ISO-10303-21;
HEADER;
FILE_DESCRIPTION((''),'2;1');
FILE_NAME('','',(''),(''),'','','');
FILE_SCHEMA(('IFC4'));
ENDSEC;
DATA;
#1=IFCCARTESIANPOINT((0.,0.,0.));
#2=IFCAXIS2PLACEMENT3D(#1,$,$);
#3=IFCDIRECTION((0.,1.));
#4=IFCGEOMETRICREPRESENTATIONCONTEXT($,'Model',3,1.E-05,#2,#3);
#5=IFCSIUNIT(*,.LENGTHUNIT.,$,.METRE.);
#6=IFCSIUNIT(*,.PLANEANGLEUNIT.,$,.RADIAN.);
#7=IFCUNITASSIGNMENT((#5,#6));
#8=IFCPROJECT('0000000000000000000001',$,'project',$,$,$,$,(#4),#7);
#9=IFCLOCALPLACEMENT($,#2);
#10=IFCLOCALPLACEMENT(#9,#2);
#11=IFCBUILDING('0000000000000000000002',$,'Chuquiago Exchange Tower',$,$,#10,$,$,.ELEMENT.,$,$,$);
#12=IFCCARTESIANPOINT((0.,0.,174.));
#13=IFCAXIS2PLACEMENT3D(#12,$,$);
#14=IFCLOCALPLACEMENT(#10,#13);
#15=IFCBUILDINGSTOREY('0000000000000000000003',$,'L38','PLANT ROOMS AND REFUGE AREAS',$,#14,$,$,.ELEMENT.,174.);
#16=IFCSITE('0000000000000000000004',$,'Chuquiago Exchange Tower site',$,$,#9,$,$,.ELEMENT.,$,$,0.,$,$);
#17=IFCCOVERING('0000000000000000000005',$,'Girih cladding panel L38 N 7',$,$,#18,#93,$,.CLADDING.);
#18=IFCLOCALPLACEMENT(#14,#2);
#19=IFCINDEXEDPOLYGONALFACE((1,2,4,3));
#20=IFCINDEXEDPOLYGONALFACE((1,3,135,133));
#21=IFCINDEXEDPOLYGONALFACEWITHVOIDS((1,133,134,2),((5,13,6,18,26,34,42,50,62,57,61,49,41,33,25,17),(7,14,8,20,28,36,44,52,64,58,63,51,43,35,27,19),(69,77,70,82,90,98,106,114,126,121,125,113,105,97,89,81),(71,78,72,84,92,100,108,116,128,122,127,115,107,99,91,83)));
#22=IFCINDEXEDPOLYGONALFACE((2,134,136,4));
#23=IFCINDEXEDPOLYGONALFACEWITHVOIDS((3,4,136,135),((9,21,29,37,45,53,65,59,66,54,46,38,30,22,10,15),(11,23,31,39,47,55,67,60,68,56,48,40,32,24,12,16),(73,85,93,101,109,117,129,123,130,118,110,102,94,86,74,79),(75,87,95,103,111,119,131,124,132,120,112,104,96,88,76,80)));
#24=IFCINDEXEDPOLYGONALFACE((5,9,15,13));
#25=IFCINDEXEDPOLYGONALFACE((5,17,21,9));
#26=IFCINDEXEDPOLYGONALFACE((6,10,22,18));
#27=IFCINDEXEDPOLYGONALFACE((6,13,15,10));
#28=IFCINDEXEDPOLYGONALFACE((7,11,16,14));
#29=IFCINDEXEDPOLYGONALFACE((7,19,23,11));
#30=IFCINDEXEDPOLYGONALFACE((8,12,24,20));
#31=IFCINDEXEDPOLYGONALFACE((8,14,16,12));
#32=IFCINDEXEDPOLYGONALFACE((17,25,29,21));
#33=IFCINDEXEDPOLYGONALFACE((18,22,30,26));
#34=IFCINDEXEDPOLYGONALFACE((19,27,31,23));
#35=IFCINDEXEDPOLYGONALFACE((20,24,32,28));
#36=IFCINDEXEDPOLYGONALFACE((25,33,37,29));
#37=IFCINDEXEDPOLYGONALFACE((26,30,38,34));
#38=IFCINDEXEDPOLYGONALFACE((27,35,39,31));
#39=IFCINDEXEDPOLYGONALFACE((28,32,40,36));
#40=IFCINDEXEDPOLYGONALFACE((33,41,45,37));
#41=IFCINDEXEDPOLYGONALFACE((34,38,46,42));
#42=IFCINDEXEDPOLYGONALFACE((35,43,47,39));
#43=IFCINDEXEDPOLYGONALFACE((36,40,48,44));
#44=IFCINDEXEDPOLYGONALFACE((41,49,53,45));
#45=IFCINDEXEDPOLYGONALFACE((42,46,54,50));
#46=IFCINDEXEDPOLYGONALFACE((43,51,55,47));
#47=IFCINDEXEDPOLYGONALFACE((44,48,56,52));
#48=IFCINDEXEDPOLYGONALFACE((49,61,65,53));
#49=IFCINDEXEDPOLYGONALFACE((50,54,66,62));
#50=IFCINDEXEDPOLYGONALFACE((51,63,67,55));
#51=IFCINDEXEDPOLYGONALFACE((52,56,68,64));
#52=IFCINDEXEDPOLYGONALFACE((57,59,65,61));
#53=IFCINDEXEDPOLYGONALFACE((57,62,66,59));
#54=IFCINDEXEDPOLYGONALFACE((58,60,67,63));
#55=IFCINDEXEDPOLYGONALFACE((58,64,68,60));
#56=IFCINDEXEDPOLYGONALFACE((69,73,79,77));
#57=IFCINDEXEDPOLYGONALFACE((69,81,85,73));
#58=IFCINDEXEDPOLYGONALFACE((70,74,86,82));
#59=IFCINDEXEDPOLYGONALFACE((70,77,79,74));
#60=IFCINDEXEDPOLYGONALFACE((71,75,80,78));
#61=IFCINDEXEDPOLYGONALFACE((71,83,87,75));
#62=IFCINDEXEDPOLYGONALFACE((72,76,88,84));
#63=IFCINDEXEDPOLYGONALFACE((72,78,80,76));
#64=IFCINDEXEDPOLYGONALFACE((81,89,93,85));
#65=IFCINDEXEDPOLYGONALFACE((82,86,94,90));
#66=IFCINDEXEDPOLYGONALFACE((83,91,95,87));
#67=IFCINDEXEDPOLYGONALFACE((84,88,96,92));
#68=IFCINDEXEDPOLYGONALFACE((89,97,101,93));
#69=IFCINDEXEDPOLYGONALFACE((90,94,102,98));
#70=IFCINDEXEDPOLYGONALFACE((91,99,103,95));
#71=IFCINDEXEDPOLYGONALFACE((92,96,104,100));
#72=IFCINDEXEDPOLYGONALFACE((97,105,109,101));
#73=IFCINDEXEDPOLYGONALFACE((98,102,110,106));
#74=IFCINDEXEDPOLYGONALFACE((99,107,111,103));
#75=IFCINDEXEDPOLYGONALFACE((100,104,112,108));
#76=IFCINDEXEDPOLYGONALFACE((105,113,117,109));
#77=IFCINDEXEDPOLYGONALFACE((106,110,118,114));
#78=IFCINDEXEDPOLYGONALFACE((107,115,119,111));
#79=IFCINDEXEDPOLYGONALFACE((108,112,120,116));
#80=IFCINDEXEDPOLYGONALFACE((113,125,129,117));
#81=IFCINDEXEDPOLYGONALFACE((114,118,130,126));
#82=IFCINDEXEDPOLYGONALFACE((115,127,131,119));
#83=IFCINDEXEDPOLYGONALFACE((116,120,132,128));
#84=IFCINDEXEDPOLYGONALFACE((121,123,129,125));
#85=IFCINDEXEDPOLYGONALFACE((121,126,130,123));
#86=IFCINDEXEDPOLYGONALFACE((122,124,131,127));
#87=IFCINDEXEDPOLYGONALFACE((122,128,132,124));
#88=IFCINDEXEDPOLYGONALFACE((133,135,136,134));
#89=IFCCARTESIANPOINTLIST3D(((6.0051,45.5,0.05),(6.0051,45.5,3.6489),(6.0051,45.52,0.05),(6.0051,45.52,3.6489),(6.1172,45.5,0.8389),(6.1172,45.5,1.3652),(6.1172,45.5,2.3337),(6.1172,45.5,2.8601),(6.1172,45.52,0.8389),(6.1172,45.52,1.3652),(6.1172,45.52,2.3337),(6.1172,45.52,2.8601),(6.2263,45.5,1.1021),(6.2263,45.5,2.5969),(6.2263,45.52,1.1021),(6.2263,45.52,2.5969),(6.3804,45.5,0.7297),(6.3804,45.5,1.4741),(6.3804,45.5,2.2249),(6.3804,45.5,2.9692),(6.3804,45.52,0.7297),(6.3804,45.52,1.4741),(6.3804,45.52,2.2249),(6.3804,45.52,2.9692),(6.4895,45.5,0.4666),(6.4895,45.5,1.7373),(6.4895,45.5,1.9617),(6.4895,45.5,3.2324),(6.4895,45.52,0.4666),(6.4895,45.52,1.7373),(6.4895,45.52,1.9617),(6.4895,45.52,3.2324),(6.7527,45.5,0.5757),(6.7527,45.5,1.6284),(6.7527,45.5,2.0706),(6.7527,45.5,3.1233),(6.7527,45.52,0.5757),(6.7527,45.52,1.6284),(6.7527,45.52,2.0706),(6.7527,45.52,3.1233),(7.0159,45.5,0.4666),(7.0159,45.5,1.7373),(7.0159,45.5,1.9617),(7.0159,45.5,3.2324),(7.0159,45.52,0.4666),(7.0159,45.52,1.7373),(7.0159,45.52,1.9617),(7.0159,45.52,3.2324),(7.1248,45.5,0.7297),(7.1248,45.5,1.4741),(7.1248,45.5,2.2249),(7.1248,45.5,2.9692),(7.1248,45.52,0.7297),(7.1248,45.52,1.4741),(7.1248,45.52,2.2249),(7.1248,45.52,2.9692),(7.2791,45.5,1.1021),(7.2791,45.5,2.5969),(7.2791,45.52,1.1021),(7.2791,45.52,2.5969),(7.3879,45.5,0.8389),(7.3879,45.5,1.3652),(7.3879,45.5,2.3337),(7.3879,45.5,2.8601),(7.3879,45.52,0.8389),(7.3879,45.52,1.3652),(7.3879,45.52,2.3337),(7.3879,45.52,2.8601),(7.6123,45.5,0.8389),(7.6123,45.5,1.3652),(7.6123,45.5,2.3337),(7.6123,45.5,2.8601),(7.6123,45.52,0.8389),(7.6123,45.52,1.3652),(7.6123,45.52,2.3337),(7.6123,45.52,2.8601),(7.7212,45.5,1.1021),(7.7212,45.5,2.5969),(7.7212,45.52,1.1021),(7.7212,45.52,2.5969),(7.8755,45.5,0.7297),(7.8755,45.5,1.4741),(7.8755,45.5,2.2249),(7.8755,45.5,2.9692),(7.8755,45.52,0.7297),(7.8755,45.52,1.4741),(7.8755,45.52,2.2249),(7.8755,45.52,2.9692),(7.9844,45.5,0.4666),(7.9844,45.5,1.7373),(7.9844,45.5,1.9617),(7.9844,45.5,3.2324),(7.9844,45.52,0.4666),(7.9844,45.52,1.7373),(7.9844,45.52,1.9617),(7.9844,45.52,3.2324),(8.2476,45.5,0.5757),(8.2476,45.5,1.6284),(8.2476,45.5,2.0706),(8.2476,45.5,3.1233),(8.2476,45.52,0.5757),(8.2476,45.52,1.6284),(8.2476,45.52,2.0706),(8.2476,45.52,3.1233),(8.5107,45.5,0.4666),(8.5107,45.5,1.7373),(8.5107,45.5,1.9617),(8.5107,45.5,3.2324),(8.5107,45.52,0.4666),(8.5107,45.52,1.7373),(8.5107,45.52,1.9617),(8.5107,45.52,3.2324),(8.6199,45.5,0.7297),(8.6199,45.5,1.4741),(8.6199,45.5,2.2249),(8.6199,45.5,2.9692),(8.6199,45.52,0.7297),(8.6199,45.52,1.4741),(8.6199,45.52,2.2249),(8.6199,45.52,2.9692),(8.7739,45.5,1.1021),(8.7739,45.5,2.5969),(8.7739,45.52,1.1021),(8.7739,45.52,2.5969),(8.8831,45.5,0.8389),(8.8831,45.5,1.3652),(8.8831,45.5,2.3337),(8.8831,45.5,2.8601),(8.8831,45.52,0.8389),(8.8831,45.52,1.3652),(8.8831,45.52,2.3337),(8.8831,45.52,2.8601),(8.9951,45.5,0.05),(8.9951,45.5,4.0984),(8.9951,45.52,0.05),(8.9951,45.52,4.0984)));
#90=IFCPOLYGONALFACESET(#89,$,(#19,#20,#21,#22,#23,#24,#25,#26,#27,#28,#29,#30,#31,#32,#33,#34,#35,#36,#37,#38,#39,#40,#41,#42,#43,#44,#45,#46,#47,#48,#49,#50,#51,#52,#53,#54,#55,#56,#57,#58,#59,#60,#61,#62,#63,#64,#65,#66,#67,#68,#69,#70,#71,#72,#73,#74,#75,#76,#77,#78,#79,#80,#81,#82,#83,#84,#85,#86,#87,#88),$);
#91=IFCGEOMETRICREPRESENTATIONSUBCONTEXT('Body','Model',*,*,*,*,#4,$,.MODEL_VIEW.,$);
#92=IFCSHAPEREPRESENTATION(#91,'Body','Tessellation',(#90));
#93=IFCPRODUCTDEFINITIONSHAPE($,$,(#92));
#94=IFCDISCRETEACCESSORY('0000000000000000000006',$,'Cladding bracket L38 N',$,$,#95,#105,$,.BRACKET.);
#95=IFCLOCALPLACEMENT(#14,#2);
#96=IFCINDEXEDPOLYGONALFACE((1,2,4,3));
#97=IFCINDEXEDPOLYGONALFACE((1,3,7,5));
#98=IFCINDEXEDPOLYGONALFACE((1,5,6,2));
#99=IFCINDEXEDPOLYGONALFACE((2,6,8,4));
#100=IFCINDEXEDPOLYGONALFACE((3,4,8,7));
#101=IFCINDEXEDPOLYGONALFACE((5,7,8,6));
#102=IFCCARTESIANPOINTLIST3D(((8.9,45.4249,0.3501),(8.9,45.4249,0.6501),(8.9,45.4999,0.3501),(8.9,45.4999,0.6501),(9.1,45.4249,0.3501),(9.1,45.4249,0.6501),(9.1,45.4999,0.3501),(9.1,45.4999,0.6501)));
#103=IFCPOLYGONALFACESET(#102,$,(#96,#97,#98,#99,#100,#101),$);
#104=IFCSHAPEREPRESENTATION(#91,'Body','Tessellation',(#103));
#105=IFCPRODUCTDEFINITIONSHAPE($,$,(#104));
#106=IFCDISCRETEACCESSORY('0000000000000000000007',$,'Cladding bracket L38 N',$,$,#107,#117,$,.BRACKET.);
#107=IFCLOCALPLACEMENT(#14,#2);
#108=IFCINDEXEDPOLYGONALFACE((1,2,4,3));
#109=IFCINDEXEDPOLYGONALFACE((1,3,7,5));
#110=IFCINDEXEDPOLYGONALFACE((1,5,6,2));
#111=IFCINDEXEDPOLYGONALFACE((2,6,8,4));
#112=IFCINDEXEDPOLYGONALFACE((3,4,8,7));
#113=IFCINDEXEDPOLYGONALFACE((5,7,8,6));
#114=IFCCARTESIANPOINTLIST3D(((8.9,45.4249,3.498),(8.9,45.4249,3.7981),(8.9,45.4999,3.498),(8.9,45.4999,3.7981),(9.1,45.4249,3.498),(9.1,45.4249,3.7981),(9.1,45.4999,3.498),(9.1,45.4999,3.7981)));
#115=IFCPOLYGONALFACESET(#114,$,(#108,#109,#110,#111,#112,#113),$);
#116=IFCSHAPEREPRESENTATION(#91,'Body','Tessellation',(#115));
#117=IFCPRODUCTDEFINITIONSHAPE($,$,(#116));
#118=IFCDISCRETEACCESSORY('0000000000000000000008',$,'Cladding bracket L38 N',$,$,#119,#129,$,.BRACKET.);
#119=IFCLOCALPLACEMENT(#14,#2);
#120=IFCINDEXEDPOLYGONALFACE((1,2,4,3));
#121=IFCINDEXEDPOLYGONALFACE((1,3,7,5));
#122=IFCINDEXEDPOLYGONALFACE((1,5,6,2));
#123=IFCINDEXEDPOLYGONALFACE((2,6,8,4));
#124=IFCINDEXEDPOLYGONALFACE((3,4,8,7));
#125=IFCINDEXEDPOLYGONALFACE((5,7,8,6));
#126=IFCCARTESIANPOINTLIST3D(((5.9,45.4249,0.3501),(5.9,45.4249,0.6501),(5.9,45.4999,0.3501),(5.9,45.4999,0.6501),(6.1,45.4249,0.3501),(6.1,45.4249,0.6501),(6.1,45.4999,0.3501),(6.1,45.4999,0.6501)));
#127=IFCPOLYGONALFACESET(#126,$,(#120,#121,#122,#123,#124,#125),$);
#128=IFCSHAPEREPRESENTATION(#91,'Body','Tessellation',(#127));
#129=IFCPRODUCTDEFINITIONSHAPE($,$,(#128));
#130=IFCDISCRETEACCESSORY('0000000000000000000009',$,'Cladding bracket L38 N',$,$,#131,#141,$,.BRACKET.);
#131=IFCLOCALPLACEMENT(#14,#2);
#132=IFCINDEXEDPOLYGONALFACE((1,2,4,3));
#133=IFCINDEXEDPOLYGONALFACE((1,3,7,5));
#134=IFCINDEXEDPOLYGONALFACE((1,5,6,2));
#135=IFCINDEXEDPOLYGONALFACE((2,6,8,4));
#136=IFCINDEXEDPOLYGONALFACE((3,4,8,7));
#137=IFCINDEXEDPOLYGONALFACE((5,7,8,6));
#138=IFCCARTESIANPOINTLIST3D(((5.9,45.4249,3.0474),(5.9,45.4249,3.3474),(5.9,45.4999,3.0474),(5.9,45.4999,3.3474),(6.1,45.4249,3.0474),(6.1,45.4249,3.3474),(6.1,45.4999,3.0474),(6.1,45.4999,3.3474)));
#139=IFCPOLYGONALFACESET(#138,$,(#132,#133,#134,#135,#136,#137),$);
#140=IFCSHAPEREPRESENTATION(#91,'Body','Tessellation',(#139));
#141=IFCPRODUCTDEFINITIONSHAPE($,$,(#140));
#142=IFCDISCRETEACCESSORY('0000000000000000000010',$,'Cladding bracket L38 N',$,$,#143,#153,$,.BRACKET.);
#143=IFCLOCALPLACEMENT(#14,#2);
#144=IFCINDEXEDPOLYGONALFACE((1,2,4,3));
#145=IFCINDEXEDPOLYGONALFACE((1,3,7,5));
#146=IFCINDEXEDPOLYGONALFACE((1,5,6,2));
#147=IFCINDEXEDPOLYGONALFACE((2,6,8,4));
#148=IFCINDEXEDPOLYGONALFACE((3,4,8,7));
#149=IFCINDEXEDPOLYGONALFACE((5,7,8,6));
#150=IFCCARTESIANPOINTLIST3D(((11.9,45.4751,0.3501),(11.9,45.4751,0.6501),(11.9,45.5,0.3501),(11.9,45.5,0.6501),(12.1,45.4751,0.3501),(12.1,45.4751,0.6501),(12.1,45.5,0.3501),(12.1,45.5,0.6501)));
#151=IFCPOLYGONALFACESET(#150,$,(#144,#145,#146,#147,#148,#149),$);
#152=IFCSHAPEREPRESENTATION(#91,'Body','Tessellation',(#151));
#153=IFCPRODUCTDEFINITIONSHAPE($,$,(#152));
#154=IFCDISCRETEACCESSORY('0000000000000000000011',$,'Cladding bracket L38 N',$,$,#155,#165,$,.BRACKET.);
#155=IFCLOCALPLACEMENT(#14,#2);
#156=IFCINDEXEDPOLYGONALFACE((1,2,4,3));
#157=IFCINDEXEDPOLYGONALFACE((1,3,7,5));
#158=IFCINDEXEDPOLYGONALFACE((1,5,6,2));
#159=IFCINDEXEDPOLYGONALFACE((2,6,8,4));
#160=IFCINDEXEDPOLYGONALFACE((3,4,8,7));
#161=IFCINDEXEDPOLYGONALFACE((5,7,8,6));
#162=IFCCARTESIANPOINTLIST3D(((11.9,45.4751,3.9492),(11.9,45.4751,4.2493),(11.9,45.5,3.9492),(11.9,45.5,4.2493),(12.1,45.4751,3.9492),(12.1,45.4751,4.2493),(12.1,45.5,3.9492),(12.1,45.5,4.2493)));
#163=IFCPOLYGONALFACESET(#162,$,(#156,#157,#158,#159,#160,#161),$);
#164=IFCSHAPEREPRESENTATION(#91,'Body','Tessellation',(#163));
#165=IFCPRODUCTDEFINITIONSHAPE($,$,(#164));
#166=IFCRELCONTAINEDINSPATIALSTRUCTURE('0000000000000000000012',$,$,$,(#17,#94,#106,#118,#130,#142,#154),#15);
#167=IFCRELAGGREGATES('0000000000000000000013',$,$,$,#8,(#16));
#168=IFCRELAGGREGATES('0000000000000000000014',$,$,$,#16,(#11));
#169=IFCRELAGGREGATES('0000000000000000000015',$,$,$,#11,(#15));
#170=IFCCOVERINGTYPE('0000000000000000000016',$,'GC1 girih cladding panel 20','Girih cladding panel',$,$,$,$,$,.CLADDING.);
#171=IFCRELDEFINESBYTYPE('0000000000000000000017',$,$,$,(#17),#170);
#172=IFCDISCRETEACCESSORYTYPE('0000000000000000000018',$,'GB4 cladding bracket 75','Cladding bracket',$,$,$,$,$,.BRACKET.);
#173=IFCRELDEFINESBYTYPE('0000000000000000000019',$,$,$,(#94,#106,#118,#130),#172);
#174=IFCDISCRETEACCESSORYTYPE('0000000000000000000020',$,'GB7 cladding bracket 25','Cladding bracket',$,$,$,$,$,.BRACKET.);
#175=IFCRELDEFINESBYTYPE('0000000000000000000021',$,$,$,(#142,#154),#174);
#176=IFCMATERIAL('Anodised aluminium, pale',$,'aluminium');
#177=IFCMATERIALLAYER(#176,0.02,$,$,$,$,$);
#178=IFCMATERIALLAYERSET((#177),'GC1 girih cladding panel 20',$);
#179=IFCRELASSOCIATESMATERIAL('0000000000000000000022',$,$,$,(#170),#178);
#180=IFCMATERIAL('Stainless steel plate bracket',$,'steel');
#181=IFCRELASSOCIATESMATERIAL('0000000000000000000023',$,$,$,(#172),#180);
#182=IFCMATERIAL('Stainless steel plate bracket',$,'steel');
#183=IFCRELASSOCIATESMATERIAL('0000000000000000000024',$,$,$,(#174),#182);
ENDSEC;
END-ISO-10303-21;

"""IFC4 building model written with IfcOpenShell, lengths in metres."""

from ifc_helpers import new_model, si_unit, direction, frame, origin, origin_2d, place, context, subcontext, project, spatial, polyline, rectangle, outline, extrude, material, layer, layer_set, type_object, element, save


model = new_model("IFC4")

# Units and contexts
model_context = context("Model", 3, precision=1e-05, world=origin(), true_north=direction((0.0, 1.0)))
body_context = subcontext(model_context, "Body", "Model", "MODEL_VIEW")
ifc_project = project(units=[si_unit("LENGTHUNIT", "METRE"), si_unit("PLANEANGLEUNIT", "RADIAN")], contexts=[model_context])

# Site, building, storey
site_placement = place(None, origin())
site = spatial("IfcSite", under=ifc_project, at=site_placement, Name="Chuquiago Exchange Tower site", CompositionType="ELEMENT", RefElevation=0.0)
building_placement = place(site_placement, origin())
building = spatial("IfcBuilding", under=site, at=building_placement, Name="Chuquiago Exchange Tower", CompositionType="ELEMENT")
storey_placement = place(building_placement, frame((0.0, 0.0, 174.0)))
storey = spatial("IfcBuildingStorey", under=building, at=storey_placement, Name="L38", Description="PLANT ROOMS AND REFUGE AREAS", CompositionType="ELEMENT", Elevation=174.0)

# Covering
ifc_material_1 = material(Name="Anodised aluminium, pale", Category="aluminium")
ifc_layer_1 = layer(ifc_material_1, 0.02)
ifc_layer_set_1 = layer_set([ifc_layer_1], Name="GC1 girih cladding panel 20")
covering_type_1 = type_object("IfcCoveringType", Name="GC1 girih cladding panel 20", Description="Girih cladding panel", PredefinedType="CLADDING", material=ifc_layer_set_1)
covering_1_placement = place(storey_placement, frame((8.9951, 45.5, 0.05), z_axis=(0.0, 0.0, 1.0), x_axis=(-1.0, 0.0, 0.0)))
element("IfcCovering", 1, at=covering_1_placement, inside=storey, type_object=covering_type_1, Name="Girih cladding panel L38 N 7", PredefinedType="CLADDING", context=body_context, shape_type="SweptSolid", body=[
    extrude(outline(polyline([(0.0, 0.0), (2.99, 0.0), (2.99, 3.5989), (0.0, 4.0483), (0.0, 0.0)]), holes=[polyline([(1.2739, 1.052), (1.3828, 1.3152), (1.1196, 1.4241), (1.0107, 1.6873), (0.7476, 1.5784), (0.4844, 1.6873), (0.3752, 1.4241), (0.1121, 1.3152), (0.2212, 1.052), (0.1121, 0.7888), (0.3752, 0.6797), (0.4844, 0.4165), (0.7476, 0.5256), (1.0107, 0.4165), (1.1196, 0.6797), (1.3828, 0.7888), (1.2739, 1.052)]), polyline([(2.7688, 1.052), (2.8779, 1.3152), (2.6147, 1.4241), (2.5056, 1.6873), (2.2424, 1.5784), (1.9792, 1.6873), (1.8704, 1.4241), (1.6072, 1.3152), (1.7161, 1.052), (1.6072, 0.7888), (1.8704, 0.6797), (1.9792, 0.4165), (2.2424, 0.5256), (2.5056, 0.4165), (2.6147, 0.6797), (2.8779, 0.7888), (2.7688, 1.052)]), polyline([(1.2739, 2.5469), (1.3828, 2.8101), (1.1196, 2.9192), (1.0107, 3.1824), (0.7476, 3.0732), (0.4844, 3.1824), (0.3752, 2.9192), (0.1121, 2.8101), (0.2212, 2.5469), (0.1121, 2.2837), (0.3752, 2.1748), (0.4844, 1.9116), (0.7476, 2.0205), (1.0107, 1.9116), (1.1196, 2.1748), (1.3828, 2.2837), (1.2739, 2.5469)]), polyline([(2.7688, 2.5469), (2.8779, 2.8101), (2.6147, 2.9192), (2.5056, 3.1824), (2.2424, 3.0732), (1.9792, 3.1824), (1.8704, 2.9192), (1.6072, 2.8101), (1.7161, 2.5469), (1.6072, 2.2837), (1.8704, 2.1748), (1.9792, 1.9116), (2.2424, 2.0205), (2.5056, 1.9116), (2.6147, 2.1748), (2.8779, 2.2837), (2.7688, 2.5469)])]), frame((0.0, 0.0, 0.0), z_axis=(0.0, -1.0, 0.0), x_axis=(1.0, 0.0, 0.0)), (0.0, 0.0, 1.0), 0.02),
])

# Discrete accessories
ifc_material_2 = material(Name="Stainless steel plate bracket", Category="steel")
discrete_accessory_type_1 = type_object("IfcDiscreteAccessoryType", Name="GB4 cladding bracket 75", Description="Cladding bracket", PredefinedType="BRACKET", material=ifc_material_2)
for number, where, z_axis, x_axis, name in (
    (2, (9.0, 45.4624, 0.3501), (0.0, 0.0, 1.0), (-1.0, 0.0, 0.0), "Cladding bracket L38 N"),
    (3, (9.0, 45.4624, 3.498), (0.0, 0.0, 1.0), (-1.0, 0.0, 0.0), "Cladding bracket L38 N"),
    (4, (6.0, 45.4624, 0.3501), (0.0, 0.0, 1.0), (-1.0, 0.0, 0.0), "Cladding bracket L38 N"),
    (5, (6.0, 45.4624, 3.0474), (0.0, 0.0, 1.0), (-1.0, 0.0, 0.0), "Cladding bracket L38 N"),
):
    element("IfcDiscreteAccessory", number, at=place(storey_placement, frame(where, z_axis=z_axis, x_axis=x_axis)), inside=storey, type_object=discrete_accessory_type_1, Name=name, PredefinedType="BRACKET", context=body_context, shape_type="SweptSolid", body=[
        extrude(rectangle(XDim=0.2, YDim=0.075, at=origin_2d()), origin(), (0.0, 0.0, 1.0), 0.3),
    ])
ifc_material_3 = material(Name="Stainless steel plate bracket", Category="steel")
discrete_accessory_type_2 = type_object("IfcDiscreteAccessoryType", Name="GB7 cladding bracket 25", Description="Cladding bracket", PredefinedType="BRACKET", material=ifc_material_3)
for number, where, z_axis, x_axis, name in (
    (6, (12.0, 45.4875, 0.3501), (0.0, 0.0, 1.0), (-1.0, 0.0, 0.0), "Cladding bracket L38 N"),
    (7, (12.0, 45.4875, 3.9492), (0.0, 0.0, 1.0), (-1.0, 0.0, 0.0), "Cladding bracket L38 N"),
):
    element("IfcDiscreteAccessory", number, at=place(storey_placement, frame(where, z_axis=z_axis, x_axis=x_axis)), inside=storey, type_object=discrete_accessory_type_2, Name=name, PredefinedType="BRACKET", context=body_context, shape_type="SweptSolid", body=[
        extrude(rectangle(XDim=0.2, YDim=0.0249, at=origin_2d()), origin(), (0.0, 0.0, 1.0), 0.3),
    ])

save(model, "model.ifc")
